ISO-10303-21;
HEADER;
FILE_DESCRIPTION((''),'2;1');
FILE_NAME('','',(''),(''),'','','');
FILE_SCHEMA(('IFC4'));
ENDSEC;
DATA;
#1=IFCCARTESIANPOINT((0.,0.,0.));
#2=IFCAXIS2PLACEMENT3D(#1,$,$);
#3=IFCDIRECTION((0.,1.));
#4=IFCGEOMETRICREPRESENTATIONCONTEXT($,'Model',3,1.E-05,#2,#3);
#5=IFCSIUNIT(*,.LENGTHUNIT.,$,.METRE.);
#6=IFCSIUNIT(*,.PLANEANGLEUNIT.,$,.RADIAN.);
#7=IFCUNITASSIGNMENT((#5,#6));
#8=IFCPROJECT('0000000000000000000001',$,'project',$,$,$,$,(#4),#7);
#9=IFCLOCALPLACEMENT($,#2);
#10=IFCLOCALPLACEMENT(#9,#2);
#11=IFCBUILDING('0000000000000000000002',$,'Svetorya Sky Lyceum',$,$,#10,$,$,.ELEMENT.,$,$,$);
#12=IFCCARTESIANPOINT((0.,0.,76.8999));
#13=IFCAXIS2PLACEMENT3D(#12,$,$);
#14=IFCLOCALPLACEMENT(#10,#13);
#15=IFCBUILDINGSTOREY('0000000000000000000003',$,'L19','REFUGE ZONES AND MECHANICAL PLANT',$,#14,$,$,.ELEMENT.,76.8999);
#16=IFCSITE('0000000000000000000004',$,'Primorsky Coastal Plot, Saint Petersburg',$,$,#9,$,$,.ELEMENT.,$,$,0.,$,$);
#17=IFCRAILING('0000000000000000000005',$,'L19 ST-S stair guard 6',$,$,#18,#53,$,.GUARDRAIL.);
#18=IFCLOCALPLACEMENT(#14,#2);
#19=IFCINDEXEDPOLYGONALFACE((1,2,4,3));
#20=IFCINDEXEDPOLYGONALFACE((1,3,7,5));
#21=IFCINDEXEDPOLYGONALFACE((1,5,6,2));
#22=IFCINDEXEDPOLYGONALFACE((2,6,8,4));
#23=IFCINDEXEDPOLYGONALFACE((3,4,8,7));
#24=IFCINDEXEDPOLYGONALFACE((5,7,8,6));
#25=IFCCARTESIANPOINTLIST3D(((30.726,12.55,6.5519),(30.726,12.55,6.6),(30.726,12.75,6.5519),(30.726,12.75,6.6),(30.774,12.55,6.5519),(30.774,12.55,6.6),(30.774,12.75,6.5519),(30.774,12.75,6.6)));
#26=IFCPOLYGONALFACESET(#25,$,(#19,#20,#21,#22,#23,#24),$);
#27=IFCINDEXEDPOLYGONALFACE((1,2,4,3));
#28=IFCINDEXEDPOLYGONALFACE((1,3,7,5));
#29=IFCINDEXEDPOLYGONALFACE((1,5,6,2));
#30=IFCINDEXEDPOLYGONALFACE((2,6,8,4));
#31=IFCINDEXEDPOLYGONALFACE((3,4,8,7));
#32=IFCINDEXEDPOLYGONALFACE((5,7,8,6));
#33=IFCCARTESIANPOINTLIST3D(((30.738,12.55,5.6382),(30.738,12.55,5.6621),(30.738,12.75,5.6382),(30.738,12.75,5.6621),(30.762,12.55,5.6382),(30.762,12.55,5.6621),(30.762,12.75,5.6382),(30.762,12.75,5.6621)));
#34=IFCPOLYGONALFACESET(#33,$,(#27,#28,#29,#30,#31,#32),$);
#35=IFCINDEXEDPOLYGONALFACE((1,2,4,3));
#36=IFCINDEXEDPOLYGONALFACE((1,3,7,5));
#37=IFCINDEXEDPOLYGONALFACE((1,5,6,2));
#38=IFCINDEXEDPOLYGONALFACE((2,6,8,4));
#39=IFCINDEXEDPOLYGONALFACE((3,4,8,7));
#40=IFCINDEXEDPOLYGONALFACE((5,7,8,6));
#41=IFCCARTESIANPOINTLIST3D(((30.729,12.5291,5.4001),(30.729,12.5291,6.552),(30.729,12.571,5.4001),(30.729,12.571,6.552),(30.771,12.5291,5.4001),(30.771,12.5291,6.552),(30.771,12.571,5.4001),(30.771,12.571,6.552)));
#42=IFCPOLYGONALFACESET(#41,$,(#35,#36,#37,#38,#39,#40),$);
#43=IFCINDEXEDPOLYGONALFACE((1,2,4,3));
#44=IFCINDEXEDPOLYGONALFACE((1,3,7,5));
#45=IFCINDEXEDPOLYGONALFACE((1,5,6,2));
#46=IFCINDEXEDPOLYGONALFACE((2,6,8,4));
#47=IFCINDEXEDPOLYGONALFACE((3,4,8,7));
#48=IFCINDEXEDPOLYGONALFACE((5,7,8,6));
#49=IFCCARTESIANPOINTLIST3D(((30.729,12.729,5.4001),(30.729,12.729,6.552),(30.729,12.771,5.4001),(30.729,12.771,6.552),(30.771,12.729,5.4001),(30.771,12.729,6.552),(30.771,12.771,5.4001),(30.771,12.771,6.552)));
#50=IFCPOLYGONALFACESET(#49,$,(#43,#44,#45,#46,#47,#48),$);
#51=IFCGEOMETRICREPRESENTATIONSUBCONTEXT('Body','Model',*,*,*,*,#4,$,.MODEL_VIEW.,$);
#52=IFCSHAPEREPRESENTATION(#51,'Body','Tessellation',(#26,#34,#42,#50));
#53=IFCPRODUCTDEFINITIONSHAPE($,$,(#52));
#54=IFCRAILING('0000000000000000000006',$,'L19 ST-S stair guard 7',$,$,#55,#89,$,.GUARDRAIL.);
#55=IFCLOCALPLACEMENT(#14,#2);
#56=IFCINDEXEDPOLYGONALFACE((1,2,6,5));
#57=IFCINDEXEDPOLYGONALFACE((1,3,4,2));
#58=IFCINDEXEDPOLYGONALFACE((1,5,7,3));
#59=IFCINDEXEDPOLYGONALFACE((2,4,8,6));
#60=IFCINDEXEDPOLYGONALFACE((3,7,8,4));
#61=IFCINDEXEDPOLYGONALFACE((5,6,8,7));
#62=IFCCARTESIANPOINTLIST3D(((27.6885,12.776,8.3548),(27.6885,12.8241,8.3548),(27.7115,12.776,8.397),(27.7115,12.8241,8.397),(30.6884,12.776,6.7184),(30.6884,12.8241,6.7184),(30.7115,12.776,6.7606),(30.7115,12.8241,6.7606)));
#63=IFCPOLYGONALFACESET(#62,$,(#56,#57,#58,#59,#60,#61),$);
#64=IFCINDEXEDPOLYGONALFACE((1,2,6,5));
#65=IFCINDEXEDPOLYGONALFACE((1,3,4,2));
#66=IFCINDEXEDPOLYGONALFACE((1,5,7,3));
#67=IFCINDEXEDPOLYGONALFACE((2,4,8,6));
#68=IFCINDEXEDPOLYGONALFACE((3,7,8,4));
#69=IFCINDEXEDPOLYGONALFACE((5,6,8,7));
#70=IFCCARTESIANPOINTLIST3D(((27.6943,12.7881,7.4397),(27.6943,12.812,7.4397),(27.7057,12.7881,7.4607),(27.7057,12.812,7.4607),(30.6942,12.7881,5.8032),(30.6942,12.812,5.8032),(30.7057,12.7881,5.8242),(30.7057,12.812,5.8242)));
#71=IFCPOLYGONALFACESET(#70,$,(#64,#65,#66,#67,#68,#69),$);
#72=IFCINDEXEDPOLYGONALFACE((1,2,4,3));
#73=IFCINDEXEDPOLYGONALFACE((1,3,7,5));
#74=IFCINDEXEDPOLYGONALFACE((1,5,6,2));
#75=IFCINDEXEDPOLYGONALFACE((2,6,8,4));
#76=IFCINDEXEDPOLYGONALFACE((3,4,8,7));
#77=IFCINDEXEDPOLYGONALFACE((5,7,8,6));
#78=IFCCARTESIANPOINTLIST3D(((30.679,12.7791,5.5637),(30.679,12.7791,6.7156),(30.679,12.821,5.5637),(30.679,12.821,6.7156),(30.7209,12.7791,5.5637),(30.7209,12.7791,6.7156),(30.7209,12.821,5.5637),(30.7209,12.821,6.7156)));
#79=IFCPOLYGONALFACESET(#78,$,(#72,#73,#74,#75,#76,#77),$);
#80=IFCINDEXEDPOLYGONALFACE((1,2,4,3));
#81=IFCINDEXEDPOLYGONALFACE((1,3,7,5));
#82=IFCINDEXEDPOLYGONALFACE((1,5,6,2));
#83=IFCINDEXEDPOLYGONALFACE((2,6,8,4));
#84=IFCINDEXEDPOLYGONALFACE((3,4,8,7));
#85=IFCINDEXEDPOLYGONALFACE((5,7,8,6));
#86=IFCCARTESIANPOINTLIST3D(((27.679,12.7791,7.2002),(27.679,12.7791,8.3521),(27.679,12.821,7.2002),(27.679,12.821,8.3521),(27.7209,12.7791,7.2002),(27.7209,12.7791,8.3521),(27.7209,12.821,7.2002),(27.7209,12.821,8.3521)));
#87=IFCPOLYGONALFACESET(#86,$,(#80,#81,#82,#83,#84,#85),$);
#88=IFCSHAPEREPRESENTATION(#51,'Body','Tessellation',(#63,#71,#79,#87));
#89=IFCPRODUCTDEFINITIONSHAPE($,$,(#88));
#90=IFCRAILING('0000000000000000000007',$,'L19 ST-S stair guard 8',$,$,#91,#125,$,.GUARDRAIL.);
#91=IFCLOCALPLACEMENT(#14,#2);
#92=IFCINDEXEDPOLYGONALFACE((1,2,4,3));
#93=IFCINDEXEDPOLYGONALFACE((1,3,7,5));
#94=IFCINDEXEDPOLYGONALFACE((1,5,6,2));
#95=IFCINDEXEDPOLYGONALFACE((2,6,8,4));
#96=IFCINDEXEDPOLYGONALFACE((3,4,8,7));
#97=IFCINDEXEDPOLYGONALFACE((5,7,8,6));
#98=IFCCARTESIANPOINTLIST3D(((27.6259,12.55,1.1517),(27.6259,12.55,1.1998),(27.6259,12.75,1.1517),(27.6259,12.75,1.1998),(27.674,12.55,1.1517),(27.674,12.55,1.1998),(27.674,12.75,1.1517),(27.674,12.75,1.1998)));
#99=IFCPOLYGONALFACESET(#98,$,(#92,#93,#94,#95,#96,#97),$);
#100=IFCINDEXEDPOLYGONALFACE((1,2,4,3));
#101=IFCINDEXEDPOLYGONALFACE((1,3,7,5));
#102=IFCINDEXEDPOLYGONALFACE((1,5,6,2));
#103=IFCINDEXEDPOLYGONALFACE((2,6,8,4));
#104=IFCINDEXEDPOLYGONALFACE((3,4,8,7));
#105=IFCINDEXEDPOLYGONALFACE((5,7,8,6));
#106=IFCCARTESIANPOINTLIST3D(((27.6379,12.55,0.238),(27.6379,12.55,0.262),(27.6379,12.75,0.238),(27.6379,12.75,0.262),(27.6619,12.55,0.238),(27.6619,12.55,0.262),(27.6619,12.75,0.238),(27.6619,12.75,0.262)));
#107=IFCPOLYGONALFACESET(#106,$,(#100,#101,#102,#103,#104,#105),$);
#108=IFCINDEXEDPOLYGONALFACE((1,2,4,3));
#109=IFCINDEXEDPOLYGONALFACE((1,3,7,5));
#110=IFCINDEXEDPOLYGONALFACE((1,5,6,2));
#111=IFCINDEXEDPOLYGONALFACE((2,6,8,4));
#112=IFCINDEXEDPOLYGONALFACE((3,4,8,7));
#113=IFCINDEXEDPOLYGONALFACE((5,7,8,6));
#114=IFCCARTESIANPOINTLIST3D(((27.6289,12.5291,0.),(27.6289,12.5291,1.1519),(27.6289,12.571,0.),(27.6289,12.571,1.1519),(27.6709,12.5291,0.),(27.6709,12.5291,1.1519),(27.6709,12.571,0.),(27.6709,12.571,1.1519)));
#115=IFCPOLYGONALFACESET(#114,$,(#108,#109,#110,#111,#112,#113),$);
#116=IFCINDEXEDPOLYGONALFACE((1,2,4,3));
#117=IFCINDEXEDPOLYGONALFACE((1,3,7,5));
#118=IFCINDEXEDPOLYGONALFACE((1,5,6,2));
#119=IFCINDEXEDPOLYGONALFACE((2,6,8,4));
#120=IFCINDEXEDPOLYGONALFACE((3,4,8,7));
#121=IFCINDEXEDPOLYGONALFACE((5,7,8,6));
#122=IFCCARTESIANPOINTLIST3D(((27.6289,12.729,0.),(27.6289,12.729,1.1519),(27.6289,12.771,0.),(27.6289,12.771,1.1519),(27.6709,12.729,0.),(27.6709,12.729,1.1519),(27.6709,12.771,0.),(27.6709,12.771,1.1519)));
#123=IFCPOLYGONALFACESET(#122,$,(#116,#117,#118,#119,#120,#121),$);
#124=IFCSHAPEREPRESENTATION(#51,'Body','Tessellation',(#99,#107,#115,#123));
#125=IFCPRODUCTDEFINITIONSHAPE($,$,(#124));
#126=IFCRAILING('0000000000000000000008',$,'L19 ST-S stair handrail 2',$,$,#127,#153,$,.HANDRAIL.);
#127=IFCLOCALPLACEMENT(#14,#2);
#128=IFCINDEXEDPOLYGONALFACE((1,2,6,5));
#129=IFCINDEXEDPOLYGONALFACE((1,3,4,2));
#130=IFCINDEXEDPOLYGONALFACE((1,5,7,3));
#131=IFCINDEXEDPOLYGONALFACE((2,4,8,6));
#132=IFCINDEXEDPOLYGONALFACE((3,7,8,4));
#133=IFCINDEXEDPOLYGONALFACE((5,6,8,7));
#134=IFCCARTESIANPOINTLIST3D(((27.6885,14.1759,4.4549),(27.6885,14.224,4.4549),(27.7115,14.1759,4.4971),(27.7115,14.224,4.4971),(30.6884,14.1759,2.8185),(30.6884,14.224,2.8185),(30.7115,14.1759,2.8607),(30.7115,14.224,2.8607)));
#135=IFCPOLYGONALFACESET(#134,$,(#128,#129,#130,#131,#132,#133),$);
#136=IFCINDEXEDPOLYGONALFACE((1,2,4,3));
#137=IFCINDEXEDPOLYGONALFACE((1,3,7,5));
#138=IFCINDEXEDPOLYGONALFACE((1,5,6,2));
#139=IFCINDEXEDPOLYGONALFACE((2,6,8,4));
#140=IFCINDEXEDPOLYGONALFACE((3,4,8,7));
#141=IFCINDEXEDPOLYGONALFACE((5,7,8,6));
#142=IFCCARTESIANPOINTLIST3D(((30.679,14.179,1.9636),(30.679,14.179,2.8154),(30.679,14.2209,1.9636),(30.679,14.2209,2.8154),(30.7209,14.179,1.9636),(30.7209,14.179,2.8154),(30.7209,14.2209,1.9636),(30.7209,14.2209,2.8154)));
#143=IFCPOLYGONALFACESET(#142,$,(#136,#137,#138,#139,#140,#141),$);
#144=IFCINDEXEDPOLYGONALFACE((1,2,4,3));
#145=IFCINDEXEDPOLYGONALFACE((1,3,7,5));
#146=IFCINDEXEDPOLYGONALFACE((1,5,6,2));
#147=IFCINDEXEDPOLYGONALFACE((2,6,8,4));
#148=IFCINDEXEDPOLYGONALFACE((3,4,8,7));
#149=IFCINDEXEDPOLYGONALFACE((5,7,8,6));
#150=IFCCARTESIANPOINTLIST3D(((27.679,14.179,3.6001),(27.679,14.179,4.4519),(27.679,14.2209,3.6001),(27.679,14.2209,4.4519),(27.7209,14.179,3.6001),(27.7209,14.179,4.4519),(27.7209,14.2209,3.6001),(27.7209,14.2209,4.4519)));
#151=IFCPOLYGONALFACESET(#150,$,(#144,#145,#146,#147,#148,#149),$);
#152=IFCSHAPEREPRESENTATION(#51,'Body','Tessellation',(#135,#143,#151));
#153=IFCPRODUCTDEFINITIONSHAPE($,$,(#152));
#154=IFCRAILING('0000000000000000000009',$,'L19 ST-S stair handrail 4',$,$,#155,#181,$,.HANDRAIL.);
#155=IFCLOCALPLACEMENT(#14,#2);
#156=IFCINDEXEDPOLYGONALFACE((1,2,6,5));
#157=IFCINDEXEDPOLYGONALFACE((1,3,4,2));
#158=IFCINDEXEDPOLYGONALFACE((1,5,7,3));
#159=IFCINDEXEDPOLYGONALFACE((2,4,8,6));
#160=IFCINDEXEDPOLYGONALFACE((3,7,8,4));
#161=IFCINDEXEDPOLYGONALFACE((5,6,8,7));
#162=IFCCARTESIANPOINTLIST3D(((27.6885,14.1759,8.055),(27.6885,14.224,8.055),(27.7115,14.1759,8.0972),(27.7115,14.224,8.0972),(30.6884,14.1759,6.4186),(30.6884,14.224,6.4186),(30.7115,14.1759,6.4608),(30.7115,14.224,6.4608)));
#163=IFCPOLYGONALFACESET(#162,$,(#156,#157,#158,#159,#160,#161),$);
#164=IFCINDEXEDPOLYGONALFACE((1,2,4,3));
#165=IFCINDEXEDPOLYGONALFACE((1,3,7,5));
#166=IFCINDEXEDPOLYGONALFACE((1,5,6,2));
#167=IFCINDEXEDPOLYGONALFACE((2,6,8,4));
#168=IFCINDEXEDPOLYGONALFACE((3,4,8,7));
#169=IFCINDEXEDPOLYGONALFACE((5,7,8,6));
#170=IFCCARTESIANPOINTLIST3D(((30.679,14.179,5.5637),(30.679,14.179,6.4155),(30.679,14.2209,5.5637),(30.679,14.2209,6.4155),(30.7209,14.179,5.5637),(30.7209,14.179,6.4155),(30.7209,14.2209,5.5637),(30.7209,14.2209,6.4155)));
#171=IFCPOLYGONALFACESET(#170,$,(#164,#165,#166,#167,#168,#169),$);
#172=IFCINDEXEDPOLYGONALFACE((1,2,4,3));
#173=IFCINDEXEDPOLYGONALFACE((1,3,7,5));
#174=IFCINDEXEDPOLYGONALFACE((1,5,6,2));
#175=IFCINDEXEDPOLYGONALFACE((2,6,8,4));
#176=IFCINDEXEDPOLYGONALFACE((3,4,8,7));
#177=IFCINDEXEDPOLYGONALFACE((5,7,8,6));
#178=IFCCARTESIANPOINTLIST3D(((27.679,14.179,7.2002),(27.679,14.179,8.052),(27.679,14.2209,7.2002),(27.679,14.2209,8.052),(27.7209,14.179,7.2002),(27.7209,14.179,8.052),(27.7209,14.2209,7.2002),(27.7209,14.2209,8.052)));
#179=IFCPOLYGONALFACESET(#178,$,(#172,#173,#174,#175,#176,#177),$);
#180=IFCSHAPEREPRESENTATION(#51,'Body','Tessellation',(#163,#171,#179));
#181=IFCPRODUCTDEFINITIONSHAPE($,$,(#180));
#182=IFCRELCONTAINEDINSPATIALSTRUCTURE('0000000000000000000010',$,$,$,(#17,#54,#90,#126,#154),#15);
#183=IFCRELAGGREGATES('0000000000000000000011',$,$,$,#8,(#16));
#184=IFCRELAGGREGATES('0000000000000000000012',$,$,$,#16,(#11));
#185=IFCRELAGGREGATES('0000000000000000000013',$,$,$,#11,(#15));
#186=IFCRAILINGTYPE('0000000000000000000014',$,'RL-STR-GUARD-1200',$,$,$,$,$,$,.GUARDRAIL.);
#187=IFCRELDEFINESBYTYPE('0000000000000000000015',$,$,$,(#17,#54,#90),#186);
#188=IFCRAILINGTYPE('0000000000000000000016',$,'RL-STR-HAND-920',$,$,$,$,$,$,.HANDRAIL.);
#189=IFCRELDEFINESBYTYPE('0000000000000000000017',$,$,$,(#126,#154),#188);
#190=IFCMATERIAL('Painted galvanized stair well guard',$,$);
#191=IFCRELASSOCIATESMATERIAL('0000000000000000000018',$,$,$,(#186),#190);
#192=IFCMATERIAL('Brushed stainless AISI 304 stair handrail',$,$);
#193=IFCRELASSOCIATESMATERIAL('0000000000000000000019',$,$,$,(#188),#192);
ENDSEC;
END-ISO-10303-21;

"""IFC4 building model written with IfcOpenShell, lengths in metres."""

from ifc_helpers import new_model, si_unit, direction, frame, origin, origin_2d, place, context, subcontext, project, spatial, rectangle, extrude, material, type_object, element, save


model = new_model("IFC4")

# Units and contexts
model_context = context("Model", 3, precision=1e-05, world=origin(), true_north=direction((0.0, 1.0)))
body_context = subcontext(model_context, "Body", "Model", "MODEL_VIEW")
ifc_project = project(units=[si_unit("LENGTHUNIT", "METRE"), si_unit("PLANEANGLEUNIT", "RADIAN")], contexts=[model_context])

# Site, building, storey
site_placement = place(None, origin())
site = spatial("IfcSite", under=ifc_project, at=site_placement, Name="Primorsky Coastal Plot, Saint Petersburg", CompositionType="ELEMENT", RefElevation=0.0)
building_placement = place(site_placement, origin())
building = spatial("IfcBuilding", under=site, at=building_placement, Name="Svetorya Sky Lyceum", CompositionType="ELEMENT")
storey_placement = place(building_placement, frame((0.0, 0.0, 76.8999)))
storey = spatial("IfcBuildingStorey", under=building, at=storey_placement, Name="L19", Description="REFUGE ZONES AND MECHANICAL PLANT", CompositionType="ELEMENT", Elevation=76.8999)

# Railings
ifc_material_1 = material(Name="Painted galvanized stair well guard")
railing_type_1 = type_object("IfcRailingType", Name="RL-STR-GUARD-1200", PredefinedType="GUARDRAIL", material=ifc_material_1)
railing_1_placement = place(storey_placement, frame((30.75, 12.55, 5.4001)))
element("IfcRailing", 1, at=railing_1_placement, inside=storey, type_object=railing_type_1, Name="L19 ST-S stair guard 6", PredefinedType="GUARDRAIL", context=body_context, shape_type="SweptSolid", body=[
    extrude(rectangle(XDim=0.0481, YDim=0.0481, at=origin_2d()), frame((0.0, 0.0, 1.1758), z_axis=(0.0, 1.0, 0.0), x_axis=(-1.0, 0.0, 0.0)), (0.0, 0.0, 1.0), 0.2),
    extrude(rectangle(XDim=0.0239, YDim=0.0239, at=origin_2d()), frame((0.0, 0.0, 0.25), z_axis=(0.0, 1.0, 0.0), x_axis=(-1.0, 0.0, 0.0)), (0.0, 0.0, 1.0), 0.2),
    extrude(rectangle(XDim=0.042, YDim=0.042, at=origin_2d()), origin(), (0.0, 0.0, 1.0), 1.1519),
    extrude(rectangle(XDim=0.042, YDim=0.042, at=origin_2d()), frame((0.0, 0.2, 0.0)), (0.0, 0.0, 1.0), 1.1519),
])
railing_2_placement = place(storey_placement, frame((30.7, 12.8, 5.5637)))
element("IfcRailing", 2, at=railing_2_placement, inside=storey, type_object=railing_type_1, Name="L19 ST-S stair guard 7", PredefinedType="GUARDRAIL", context=body_context, shape_type="SweptSolid", body=[
    extrude(rectangle(XDim=0.0481, YDim=0.0481, at=origin_2d()), frame((0.0, 0.0, 1.1758), z_axis=(-0.877882, 0.0, 0.478877), x_axis=(0.0, -1.0, 0.0)), (0.0, 0.0, 1.0), 3.4172),
    extrude(rectangle(XDim=0.0239, YDim=0.0239, at=origin_2d()), frame((0.0, 0.0, 0.25), z_axis=(-0.877882, 0.0, 0.478877), x_axis=(0.0, -1.0, 0.0)), (0.0, 0.0, 1.0), 3.4172),
    extrude(rectangle(XDim=0.042, YDim=0.042, at=origin_2d()), origin(), (0.0, 0.0, 1.0), 1.1519),
    extrude(rectangle(XDim=0.042, YDim=0.042, at=origin_2d()), frame((-3.0, 0.0, 1.6365)), (0.0, 0.0, 1.0), 1.1519),
])
railing_3_placement = place(storey_placement, frame((27.6499, 12.55, 0.0)))
element("IfcRailing", 3, at=railing_3_placement, inside=storey, type_object=railing_type_1, Name="L19 ST-S stair guard 8", PredefinedType="GUARDRAIL", context=body_context, shape_type="SweptSolid", body=[
    extrude(rectangle(XDim=0.0481, YDim=0.0481, at=origin_2d()), frame((0.0, 0.0, 1.1758), z_axis=(0.0, 1.0, 0.0), x_axis=(-1.0, 0.0, 0.0)), (0.0, 0.0, 1.0), 0.2),
    extrude(rectangle(XDim=0.0239, YDim=0.0239, at=origin_2d()), frame((0.0, 0.0, 0.25), z_axis=(0.0, 1.0, 0.0), x_axis=(-1.0, 0.0, 0.0)), (0.0, 0.0, 1.0), 0.2),
    extrude(rectangle(XDim=0.042, YDim=0.042, at=origin_2d()), origin(), (0.0, 0.0, 1.0), 1.1519),
    extrude(rectangle(XDim=0.042, YDim=0.042, at=origin_2d()), frame((0.0, 0.2, 0.0)), (0.0, 0.0, 1.0), 1.1519),
])
ifc_material_2 = material(Name="Brushed stainless AISI 304 stair handrail")
railing_type_2 = type_object("IfcRailingType", Name="RL-STR-HAND-920", PredefinedType="HANDRAIL", material=ifc_material_2)
for number, where, name in (
    (4, (30.7, 14.2, 1.9636), "L19 ST-S stair handrail 2"),
    (5, (30.7, 14.2, 5.5637), "L19 ST-S stair handrail 4"),
):
    element("IfcRailing", number, at=place(storey_placement, frame(where)), inside=storey, type_object=railing_type_2, Name=name, PredefinedType="HANDRAIL", context=body_context, shape_type="SweptSolid", body=[
        extrude(rectangle(XDim=0.0481, YDim=0.0481, at=origin_2d()), frame((0.0, 0.0, 0.876), z_axis=(-0.877882, 0.0, 0.478877), x_axis=(0.0, -1.0, 0.0)), (0.0, 0.0, 1.0), 3.4172),
        extrude(rectangle(XDim=0.042, YDim=0.042, at=origin_2d()), origin(), (0.0, 0.0, 1.0), 0.8518),
        extrude(rectangle(XDim=0.042, YDim=0.042, at=origin_2d()), frame((-3.0, 0.0, 1.6365)), (0.0, 0.0, 1.0), 0.8518),
    ])

save(model, "model.ifc")
